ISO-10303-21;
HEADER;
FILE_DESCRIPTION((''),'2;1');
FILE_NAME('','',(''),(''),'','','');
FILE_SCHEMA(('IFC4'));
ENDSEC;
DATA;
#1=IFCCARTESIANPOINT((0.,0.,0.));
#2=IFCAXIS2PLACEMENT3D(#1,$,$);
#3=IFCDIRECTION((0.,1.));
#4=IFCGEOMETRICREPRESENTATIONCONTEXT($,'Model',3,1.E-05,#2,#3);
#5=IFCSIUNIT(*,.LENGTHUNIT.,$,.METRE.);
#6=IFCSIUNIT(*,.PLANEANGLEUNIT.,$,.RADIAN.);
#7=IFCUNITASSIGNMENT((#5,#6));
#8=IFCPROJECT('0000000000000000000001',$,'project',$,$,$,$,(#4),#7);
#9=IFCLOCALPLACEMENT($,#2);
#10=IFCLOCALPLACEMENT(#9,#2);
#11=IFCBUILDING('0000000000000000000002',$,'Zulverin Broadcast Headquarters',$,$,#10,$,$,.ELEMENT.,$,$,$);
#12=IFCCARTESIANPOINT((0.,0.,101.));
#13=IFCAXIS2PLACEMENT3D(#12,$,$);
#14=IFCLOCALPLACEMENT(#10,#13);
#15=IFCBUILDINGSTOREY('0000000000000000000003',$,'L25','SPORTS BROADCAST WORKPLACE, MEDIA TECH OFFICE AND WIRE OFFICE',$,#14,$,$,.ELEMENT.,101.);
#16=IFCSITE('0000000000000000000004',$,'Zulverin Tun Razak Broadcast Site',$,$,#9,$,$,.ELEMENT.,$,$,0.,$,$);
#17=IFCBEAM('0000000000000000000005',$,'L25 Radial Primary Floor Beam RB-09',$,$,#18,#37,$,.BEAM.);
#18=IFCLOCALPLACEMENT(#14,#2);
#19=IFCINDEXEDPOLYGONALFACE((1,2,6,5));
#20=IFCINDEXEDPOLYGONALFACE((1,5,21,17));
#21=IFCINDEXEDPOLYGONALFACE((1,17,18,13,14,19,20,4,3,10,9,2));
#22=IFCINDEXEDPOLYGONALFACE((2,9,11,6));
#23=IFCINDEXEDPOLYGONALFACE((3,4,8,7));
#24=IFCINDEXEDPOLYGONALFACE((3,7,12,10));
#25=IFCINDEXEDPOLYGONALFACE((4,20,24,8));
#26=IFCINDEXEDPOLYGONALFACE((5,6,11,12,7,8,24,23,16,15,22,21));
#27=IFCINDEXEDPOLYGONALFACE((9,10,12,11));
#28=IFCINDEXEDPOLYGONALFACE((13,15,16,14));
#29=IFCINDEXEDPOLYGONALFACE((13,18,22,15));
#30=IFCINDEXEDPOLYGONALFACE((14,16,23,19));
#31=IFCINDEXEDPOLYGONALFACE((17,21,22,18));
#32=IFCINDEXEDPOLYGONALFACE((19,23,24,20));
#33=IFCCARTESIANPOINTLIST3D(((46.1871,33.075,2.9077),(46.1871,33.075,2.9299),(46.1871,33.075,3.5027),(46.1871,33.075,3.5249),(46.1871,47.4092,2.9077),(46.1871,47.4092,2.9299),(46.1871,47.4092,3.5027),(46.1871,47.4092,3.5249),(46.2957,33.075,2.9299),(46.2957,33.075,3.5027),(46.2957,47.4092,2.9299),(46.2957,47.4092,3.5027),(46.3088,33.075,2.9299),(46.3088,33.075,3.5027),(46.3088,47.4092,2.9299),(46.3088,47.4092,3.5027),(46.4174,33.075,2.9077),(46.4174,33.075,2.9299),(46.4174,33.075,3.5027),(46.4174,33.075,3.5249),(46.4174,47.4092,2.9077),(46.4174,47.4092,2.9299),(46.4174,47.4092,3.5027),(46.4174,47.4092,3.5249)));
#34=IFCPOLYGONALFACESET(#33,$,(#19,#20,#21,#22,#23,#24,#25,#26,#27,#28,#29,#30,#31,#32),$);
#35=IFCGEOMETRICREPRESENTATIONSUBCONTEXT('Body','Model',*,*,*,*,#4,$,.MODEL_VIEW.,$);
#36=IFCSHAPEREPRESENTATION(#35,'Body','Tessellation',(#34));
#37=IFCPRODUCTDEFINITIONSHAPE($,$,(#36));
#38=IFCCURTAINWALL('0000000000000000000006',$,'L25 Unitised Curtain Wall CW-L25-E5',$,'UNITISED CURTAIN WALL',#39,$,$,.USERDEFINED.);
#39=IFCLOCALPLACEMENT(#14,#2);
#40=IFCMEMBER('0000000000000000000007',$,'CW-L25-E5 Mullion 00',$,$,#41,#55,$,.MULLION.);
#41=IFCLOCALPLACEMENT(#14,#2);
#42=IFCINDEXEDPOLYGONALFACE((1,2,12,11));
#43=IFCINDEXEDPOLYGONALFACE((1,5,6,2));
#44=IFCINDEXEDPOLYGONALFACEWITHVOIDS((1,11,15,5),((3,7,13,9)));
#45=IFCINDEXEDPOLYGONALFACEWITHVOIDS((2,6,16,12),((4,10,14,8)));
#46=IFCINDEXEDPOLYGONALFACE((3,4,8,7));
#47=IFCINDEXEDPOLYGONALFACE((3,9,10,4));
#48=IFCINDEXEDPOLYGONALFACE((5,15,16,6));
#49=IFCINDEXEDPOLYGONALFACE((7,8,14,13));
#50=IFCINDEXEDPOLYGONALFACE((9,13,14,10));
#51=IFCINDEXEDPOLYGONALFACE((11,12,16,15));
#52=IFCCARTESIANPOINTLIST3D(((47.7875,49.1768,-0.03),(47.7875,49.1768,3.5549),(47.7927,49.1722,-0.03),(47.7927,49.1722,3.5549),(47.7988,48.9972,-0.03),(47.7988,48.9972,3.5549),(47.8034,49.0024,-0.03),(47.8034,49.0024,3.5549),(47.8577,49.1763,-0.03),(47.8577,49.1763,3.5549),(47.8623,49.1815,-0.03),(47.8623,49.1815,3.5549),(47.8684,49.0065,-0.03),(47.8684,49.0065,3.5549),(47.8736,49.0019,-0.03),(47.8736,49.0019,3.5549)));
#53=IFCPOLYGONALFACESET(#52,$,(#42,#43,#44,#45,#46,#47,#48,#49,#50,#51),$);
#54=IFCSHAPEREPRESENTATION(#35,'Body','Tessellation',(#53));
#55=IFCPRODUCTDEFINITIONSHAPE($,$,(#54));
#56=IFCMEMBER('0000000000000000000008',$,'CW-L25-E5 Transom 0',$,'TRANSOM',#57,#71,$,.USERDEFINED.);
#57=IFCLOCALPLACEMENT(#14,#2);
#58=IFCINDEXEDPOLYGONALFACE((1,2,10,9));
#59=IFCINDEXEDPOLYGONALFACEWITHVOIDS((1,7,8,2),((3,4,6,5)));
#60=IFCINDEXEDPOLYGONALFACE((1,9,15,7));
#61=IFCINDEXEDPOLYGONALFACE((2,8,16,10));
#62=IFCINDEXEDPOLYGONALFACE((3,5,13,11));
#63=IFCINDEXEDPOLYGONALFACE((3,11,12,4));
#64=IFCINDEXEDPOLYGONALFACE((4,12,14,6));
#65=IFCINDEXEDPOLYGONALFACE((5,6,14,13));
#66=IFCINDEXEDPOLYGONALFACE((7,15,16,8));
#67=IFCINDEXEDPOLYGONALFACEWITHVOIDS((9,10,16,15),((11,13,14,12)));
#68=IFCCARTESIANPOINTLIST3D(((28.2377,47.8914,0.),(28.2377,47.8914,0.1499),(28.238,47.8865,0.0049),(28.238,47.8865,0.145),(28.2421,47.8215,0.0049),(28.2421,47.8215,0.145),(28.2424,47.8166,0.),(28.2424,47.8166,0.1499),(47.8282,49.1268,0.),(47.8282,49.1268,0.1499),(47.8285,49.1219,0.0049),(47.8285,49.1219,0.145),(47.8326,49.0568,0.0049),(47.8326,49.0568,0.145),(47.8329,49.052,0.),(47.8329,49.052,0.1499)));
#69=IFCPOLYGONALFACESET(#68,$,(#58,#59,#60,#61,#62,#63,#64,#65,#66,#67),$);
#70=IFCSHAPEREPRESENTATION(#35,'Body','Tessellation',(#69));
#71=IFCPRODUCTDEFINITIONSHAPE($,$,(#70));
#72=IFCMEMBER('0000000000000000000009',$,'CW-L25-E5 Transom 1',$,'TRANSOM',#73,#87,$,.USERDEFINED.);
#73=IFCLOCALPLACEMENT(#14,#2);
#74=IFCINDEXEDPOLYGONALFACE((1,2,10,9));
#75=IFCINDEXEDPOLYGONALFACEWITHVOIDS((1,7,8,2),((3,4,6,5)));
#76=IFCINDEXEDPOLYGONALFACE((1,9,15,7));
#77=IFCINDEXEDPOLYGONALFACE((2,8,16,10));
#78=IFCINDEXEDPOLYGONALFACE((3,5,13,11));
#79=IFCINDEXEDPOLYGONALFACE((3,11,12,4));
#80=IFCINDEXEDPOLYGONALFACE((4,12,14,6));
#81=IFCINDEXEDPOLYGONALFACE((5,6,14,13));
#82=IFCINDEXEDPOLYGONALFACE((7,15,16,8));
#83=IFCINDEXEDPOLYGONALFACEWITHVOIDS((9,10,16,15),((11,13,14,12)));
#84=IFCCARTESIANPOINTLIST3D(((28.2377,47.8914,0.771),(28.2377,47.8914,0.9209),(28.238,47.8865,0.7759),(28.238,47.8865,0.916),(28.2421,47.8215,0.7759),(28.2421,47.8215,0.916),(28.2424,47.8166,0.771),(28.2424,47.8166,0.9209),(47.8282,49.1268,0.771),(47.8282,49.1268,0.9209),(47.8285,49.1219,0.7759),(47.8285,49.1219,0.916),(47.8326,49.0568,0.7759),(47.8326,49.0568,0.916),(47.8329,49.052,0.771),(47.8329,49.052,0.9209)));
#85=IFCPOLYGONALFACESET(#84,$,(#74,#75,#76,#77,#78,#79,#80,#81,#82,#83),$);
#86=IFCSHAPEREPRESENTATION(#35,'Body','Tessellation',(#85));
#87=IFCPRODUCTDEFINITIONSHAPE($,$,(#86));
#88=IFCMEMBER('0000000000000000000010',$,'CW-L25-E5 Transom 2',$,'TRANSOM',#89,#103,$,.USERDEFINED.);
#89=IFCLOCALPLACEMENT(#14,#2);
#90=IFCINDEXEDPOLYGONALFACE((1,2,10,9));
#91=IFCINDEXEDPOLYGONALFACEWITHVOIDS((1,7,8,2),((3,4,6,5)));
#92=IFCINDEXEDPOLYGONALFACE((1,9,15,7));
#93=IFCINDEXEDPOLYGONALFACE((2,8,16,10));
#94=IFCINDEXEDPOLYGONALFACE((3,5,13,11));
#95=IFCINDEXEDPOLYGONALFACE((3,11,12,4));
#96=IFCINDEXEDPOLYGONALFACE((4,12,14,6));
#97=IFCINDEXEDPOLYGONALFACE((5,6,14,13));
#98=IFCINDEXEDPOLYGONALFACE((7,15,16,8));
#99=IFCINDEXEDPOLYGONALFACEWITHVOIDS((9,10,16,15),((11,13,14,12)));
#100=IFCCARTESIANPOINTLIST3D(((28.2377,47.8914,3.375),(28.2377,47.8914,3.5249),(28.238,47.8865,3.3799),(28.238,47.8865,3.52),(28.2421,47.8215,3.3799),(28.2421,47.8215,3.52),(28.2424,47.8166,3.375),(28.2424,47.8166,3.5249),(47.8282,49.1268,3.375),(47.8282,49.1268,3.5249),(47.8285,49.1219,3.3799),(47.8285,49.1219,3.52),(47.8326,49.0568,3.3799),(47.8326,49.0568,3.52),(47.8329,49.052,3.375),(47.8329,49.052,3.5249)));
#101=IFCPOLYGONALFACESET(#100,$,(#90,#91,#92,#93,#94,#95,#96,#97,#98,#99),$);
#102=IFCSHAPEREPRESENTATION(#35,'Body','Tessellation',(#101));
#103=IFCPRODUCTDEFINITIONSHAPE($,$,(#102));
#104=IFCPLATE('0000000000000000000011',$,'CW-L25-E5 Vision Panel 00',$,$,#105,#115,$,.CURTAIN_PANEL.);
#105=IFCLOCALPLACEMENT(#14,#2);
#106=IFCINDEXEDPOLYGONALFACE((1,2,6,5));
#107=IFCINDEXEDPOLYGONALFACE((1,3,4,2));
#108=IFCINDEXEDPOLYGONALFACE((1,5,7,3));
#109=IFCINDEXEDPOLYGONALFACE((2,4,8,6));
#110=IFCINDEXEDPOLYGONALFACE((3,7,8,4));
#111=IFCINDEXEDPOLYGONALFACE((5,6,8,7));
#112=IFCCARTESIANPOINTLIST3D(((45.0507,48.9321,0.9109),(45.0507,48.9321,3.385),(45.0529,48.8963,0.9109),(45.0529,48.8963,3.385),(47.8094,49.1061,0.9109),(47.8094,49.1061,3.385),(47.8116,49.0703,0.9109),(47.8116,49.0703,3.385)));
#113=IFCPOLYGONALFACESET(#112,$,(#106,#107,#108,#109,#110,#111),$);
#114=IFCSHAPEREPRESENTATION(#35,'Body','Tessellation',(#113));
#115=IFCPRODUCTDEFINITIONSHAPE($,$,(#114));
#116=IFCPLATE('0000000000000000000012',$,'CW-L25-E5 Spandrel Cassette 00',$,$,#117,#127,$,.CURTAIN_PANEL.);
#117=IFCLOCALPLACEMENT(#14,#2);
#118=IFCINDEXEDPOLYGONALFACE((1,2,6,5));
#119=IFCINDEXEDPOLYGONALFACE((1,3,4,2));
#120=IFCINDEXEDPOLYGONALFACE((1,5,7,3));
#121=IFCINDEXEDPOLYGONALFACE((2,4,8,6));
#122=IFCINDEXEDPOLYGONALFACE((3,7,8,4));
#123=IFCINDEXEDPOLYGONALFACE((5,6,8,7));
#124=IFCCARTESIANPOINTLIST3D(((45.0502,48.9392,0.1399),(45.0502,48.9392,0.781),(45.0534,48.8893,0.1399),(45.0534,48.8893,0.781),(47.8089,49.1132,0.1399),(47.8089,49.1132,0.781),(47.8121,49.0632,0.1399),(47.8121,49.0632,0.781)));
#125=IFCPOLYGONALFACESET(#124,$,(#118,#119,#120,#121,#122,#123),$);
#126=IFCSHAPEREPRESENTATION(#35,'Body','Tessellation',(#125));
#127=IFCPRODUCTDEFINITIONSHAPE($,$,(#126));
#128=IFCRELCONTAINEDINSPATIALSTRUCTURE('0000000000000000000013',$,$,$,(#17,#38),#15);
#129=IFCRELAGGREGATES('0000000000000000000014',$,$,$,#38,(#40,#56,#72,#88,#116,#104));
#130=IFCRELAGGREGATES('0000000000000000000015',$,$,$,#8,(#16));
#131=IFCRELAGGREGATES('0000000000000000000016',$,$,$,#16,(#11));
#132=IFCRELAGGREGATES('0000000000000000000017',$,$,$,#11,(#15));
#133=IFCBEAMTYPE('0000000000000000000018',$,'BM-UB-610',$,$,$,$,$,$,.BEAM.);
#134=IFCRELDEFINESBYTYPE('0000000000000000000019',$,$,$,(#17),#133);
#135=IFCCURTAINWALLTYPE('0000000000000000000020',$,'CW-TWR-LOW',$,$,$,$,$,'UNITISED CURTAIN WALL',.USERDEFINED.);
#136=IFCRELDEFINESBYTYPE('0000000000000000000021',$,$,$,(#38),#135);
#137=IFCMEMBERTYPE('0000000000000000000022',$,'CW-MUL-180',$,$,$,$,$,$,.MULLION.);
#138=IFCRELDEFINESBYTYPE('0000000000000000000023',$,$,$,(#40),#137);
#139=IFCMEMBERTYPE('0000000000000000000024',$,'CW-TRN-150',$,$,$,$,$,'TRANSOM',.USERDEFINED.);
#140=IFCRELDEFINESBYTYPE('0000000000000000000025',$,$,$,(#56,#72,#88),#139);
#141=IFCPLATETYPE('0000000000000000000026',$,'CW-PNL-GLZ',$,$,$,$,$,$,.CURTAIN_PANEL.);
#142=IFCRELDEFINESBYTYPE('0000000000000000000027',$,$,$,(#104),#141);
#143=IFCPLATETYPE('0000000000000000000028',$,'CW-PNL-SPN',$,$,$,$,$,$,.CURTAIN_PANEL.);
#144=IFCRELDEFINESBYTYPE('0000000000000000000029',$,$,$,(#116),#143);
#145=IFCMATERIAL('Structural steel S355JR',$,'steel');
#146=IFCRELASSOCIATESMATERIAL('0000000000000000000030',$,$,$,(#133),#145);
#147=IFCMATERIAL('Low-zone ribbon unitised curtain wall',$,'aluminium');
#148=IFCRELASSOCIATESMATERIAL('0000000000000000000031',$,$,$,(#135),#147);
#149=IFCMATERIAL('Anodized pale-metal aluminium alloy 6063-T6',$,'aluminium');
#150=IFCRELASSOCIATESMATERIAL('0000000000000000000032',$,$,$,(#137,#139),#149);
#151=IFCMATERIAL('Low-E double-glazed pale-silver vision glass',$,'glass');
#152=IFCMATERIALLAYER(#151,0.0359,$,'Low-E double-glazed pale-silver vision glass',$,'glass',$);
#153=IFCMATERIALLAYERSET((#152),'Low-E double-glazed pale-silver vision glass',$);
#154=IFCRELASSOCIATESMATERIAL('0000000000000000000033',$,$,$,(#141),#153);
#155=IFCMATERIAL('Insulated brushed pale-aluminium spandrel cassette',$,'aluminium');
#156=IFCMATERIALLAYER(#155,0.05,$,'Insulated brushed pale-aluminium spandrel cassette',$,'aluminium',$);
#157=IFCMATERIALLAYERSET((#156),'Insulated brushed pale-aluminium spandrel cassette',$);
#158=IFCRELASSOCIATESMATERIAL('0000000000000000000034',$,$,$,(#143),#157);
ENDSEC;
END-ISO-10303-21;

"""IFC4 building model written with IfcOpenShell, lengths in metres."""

from ifc_helpers import new_model, si_unit, direction, frame, origin, origin_2d, place, context, subcontext, project, spatial, rectangle, hollow_rectangle, i_section, extrude, material, layer, layer_set, material_profile, profile_set, type_object, element, aggregate, save


model = new_model("IFC4")

# Units and contexts
model_context = context("Model", 3, precision=1e-05, world=origin(), true_north=direction((0.0, 1.0)))
body_context = subcontext(model_context, "Body", "Model", "MODEL_VIEW")
ifc_project = project(units=[si_unit("LENGTHUNIT", "METRE"), si_unit("PLANEANGLEUNIT", "RADIAN")], contexts=[model_context])

# Site, building, storey
site_placement = place(None, origin())
site = spatial("IfcSite", under=ifc_project, at=site_placement, Name="Zulverin Tun Razak Broadcast Site", CompositionType="ELEMENT", RefElevation=0.0)
building_placement = place(site_placement, origin())
building = spatial("IfcBuilding", under=site, at=building_placement, Name="Zulverin Broadcast Headquarters", CompositionType="ELEMENT")
storey_placement = place(building_placement, frame((0.0, 0.0, 101.0)))
storey = spatial("IfcBuildingStorey", under=building, at=storey_placement, Name="L25", Description="SPORTS BROADCAST WORKPLACE, MEDIA TECH OFFICE AND WIRE OFFICE", CompositionType="ELEMENT", Elevation=101.0)

# Beam
ifc_material_1 = material(Name="Structural steel S355JR", Category="steel")
ifc_material_profile_1 = material_profile(ifc_material_1, i_section(OverallWidth=0.2302, OverallDepth=0.6172, WebThickness=0.0132, FlangeThickness=0.0222, at=origin_2d()), Name="Structural steel S355JR", Category="steel")
ifc_profile_set_1 = profile_set([ifc_material_profile_1], Name="Structural steel S355JR")
beam_type_1 = type_object("IfcBeamType", Name="BM-UB-610", PredefinedType="BEAM", material=ifc_profile_set_1)
beam_1_placement = place(storey_placement, frame((46.3022, 33.075, 3.2163), z_axis=(0.0, 1.0, 0.0), x_axis=(-1.0, 0.0, 0.0)))
element("IfcBeam", 1, at=beam_1_placement, inside=storey, type_object=beam_type_1, Name="L25 Radial Primary Floor Beam RB-09", PredefinedType="BEAM", context=body_context, shape_type="SweptSolid", body=[
    extrude(i_section(OverallWidth=0.2302, OverallDepth=0.6172, WebThickness=0.0132, FlangeThickness=0.0222, at=origin_2d()), origin(), (0.0, 0.0, 1.0), 14.3342),
])

# Curtain wall, members, plates
ifc_material_2 = material(Name="Low-zone ribbon unitised curtain wall", Category="aluminium")
curtain_wall_type = type_object("IfcCurtainWallType", Name="CW-TWR-LOW", ElementType="UNITISED CURTAIN WALL", PredefinedType="USERDEFINED", material=ifc_material_2)
curtain_wall_placement = place(storey_placement, origin())
curtain_wall = element("IfcCurtainWall", 2, at=curtain_wall_placement, inside=storey, type_object=curtain_wall_type, Name="L25 Unitised Curtain Wall CW-L25-E5", ObjectType="UNITISED CURTAIN WALL", PredefinedType="USERDEFINED")
ifc_material_3 = material(Name="Anodized pale-metal aluminium alloy 6063-T6", Category="aluminium")
ifc_material_profile_2 = material_profile(ifc_material_3, hollow_rectangle(XDim=0.075, YDim=0.1799, WallThickness=0.0049, at=origin_2d()), Name="Anodized pale-metal aluminium alloy 6063-T6", Category="aluminium")
ifc_profile_set_2 = profile_set([ifc_material_profile_2], Name="Anodized pale-metal aluminium alloy 6063-T6")
member_type_1 = type_object("IfcMemberType", Name="CW-MUL-180", PredefinedType="MULLION", material=ifc_profile_set_2)
member_1_placement = place(storey_placement, frame((47.8306, 49.0894, -0.03), z_axis=(0.0, 0.0, 1.0), x_axis=(-0.998018, -0.062935, 0.0)))
member_1 = element("IfcMember", 3, at=member_1_placement, type_object=member_type_1, Name="CW-L25-E5 Mullion 00", PredefinedType="MULLION", context=body_context, shape_type="SweptSolid", body=[
    extrude(hollow_rectangle(XDim=0.075, YDim=0.1799, WallThickness=0.0049, at=origin_2d()), origin(), (0.0, 0.0, 1.0), 3.585),
])
ifc_material_profile_3 = material_profile(ifc_material_3, hollow_rectangle(XDim=0.075, YDim=0.1499, WallThickness=0.0049, at=origin_2d()), Name="Anodized pale-metal aluminium alloy 6063-T6", Category="aluminium")
ifc_profile_set_3 = profile_set([ifc_material_profile_3], Name="Anodized pale-metal aluminium alloy 6063-T6")
member_type_2 = type_object("IfcMemberType", Name="CW-TRN-150", ElementType="TRANSOM", PredefinedType="USERDEFINED", material=ifc_profile_set_3)
member_2_placement = place(storey_placement, frame((47.8306, 49.0894, 0.075), z_axis=(-0.998018, -0.062933, 0.0), x_axis=(0.062933, -0.998018, 0.0)))
member_2 = element("IfcMember", 4, at=member_2_placement, type_object=member_type_2, Name="CW-L25-E5 Transom 0", ObjectType="TRANSOM", PredefinedType="USERDEFINED", context=body_context, shape_type="SweptSolid", body=[
    extrude(hollow_rectangle(XDim=0.075, YDim=0.1499, WallThickness=0.0049, at=origin_2d()), origin(), (0.0, 0.0, 1.0), 19.6294),
])
member_3_placement = place(storey_placement, frame((47.8306, 49.0894, 0.8459), z_axis=(-0.998018, -0.062933, 0.0), x_axis=(0.062933, -0.998018, 0.0)))
member_3 = element("IfcMember", 5, at=member_3_placement, type_object=member_type_2, Name="CW-L25-E5 Transom 1", ObjectType="TRANSOM", PredefinedType="USERDEFINED", context=body_context, shape_type="SweptSolid", body=[
    extrude(hollow_rectangle(XDim=0.075, YDim=0.1499, WallThickness=0.0049, at=origin_2d()), origin(), (0.0, 0.0, 1.0), 19.6294),
])
member_4_placement = place(storey_placement, frame((47.8306, 49.0894, 3.45), z_axis=(-0.998018, -0.062933, 0.0), x_axis=(0.062933, -0.998018, 0.0)))
member_4 = element("IfcMember", 6, at=member_4_placement, type_object=member_type_2, Name="CW-L25-E5 Transom 2", ObjectType="TRANSOM", PredefinedType="USERDEFINED", context=body_context, shape_type="SweptSolid", body=[
    extrude(hollow_rectangle(XDim=0.075, YDim=0.1499, WallThickness=0.0049, at=origin_2d()), origin(), (0.0, 0.0, 1.0), 19.6294),
])
ifc_material_4 = material(Name="Low-E double-glazed pale-silver vision glass", Category="glass")
ifc_layer_1 = layer(ifc_material_4, 0.0359, Name="Low-E double-glazed pale-silver vision glass", Category="glass")
ifc_layer_set_1 = layer_set([ifc_layer_1], Name="Low-E double-glazed pale-silver vision glass")
plate_type_1 = type_object("IfcPlateType", Name="CW-PNL-GLZ", PredefinedType="CURTAIN_PANEL", material=ifc_layer_set_1)
plate_1_placement = place(storey_placement, frame((46.4312, 49.0012, 0.9109), z_axis=(0.0, 0.0, 1.0), x_axis=(-0.998018, -0.062935, 0.0)))
plate_1 = element("IfcPlate", 7, at=plate_1_placement, type_object=plate_type_1, Name="CW-L25-E5 Vision Panel 00", PredefinedType="CURTAIN_PANEL", context=body_context, shape_type="SweptSolid", body=[
    extrude(rectangle(XDim=2.7642, YDim=0.0359, at=origin_2d()), origin(), (0.0, 0.0, 1.0), 2.4741),
])
ifc_material_5 = material(Name="Insulated brushed pale-aluminium spandrel cassette", Category="aluminium")
ifc_layer_2 = layer(ifc_material_5, 0.05, Name="Insulated brushed pale-aluminium spandrel cassette", Category="aluminium")
ifc_layer_set_2 = layer_set([ifc_layer_2], Name="Insulated brushed pale-aluminium spandrel cassette")
plate_type_2 = type_object("IfcPlateType", Name="CW-PNL-SPN", PredefinedType="CURTAIN_PANEL", material=ifc_layer_set_2)
plate_2_placement = place(storey_placement, frame((46.4312, 49.0012, 0.1399), z_axis=(0.0, 0.0, 1.0), x_axis=(-0.998018, -0.062935, 0.0)))
plate_2 = element("IfcPlate", 8, at=plate_2_placement, type_object=plate_type_2, Name="CW-L25-E5 Spandrel Cassette 00", PredefinedType="CURTAIN_PANEL", context=body_context, shape_type="SweptSolid", body=[
    extrude(rectangle(XDim=2.7642, YDim=0.05, at=origin_2d()), origin(), (0.0, 0.0, 1.0), 0.6411),
])
aggregate(curtain_wall, [member_1, member_2, member_3, member_4, plate_2, plate_1])

save(model, "model.ifc")
